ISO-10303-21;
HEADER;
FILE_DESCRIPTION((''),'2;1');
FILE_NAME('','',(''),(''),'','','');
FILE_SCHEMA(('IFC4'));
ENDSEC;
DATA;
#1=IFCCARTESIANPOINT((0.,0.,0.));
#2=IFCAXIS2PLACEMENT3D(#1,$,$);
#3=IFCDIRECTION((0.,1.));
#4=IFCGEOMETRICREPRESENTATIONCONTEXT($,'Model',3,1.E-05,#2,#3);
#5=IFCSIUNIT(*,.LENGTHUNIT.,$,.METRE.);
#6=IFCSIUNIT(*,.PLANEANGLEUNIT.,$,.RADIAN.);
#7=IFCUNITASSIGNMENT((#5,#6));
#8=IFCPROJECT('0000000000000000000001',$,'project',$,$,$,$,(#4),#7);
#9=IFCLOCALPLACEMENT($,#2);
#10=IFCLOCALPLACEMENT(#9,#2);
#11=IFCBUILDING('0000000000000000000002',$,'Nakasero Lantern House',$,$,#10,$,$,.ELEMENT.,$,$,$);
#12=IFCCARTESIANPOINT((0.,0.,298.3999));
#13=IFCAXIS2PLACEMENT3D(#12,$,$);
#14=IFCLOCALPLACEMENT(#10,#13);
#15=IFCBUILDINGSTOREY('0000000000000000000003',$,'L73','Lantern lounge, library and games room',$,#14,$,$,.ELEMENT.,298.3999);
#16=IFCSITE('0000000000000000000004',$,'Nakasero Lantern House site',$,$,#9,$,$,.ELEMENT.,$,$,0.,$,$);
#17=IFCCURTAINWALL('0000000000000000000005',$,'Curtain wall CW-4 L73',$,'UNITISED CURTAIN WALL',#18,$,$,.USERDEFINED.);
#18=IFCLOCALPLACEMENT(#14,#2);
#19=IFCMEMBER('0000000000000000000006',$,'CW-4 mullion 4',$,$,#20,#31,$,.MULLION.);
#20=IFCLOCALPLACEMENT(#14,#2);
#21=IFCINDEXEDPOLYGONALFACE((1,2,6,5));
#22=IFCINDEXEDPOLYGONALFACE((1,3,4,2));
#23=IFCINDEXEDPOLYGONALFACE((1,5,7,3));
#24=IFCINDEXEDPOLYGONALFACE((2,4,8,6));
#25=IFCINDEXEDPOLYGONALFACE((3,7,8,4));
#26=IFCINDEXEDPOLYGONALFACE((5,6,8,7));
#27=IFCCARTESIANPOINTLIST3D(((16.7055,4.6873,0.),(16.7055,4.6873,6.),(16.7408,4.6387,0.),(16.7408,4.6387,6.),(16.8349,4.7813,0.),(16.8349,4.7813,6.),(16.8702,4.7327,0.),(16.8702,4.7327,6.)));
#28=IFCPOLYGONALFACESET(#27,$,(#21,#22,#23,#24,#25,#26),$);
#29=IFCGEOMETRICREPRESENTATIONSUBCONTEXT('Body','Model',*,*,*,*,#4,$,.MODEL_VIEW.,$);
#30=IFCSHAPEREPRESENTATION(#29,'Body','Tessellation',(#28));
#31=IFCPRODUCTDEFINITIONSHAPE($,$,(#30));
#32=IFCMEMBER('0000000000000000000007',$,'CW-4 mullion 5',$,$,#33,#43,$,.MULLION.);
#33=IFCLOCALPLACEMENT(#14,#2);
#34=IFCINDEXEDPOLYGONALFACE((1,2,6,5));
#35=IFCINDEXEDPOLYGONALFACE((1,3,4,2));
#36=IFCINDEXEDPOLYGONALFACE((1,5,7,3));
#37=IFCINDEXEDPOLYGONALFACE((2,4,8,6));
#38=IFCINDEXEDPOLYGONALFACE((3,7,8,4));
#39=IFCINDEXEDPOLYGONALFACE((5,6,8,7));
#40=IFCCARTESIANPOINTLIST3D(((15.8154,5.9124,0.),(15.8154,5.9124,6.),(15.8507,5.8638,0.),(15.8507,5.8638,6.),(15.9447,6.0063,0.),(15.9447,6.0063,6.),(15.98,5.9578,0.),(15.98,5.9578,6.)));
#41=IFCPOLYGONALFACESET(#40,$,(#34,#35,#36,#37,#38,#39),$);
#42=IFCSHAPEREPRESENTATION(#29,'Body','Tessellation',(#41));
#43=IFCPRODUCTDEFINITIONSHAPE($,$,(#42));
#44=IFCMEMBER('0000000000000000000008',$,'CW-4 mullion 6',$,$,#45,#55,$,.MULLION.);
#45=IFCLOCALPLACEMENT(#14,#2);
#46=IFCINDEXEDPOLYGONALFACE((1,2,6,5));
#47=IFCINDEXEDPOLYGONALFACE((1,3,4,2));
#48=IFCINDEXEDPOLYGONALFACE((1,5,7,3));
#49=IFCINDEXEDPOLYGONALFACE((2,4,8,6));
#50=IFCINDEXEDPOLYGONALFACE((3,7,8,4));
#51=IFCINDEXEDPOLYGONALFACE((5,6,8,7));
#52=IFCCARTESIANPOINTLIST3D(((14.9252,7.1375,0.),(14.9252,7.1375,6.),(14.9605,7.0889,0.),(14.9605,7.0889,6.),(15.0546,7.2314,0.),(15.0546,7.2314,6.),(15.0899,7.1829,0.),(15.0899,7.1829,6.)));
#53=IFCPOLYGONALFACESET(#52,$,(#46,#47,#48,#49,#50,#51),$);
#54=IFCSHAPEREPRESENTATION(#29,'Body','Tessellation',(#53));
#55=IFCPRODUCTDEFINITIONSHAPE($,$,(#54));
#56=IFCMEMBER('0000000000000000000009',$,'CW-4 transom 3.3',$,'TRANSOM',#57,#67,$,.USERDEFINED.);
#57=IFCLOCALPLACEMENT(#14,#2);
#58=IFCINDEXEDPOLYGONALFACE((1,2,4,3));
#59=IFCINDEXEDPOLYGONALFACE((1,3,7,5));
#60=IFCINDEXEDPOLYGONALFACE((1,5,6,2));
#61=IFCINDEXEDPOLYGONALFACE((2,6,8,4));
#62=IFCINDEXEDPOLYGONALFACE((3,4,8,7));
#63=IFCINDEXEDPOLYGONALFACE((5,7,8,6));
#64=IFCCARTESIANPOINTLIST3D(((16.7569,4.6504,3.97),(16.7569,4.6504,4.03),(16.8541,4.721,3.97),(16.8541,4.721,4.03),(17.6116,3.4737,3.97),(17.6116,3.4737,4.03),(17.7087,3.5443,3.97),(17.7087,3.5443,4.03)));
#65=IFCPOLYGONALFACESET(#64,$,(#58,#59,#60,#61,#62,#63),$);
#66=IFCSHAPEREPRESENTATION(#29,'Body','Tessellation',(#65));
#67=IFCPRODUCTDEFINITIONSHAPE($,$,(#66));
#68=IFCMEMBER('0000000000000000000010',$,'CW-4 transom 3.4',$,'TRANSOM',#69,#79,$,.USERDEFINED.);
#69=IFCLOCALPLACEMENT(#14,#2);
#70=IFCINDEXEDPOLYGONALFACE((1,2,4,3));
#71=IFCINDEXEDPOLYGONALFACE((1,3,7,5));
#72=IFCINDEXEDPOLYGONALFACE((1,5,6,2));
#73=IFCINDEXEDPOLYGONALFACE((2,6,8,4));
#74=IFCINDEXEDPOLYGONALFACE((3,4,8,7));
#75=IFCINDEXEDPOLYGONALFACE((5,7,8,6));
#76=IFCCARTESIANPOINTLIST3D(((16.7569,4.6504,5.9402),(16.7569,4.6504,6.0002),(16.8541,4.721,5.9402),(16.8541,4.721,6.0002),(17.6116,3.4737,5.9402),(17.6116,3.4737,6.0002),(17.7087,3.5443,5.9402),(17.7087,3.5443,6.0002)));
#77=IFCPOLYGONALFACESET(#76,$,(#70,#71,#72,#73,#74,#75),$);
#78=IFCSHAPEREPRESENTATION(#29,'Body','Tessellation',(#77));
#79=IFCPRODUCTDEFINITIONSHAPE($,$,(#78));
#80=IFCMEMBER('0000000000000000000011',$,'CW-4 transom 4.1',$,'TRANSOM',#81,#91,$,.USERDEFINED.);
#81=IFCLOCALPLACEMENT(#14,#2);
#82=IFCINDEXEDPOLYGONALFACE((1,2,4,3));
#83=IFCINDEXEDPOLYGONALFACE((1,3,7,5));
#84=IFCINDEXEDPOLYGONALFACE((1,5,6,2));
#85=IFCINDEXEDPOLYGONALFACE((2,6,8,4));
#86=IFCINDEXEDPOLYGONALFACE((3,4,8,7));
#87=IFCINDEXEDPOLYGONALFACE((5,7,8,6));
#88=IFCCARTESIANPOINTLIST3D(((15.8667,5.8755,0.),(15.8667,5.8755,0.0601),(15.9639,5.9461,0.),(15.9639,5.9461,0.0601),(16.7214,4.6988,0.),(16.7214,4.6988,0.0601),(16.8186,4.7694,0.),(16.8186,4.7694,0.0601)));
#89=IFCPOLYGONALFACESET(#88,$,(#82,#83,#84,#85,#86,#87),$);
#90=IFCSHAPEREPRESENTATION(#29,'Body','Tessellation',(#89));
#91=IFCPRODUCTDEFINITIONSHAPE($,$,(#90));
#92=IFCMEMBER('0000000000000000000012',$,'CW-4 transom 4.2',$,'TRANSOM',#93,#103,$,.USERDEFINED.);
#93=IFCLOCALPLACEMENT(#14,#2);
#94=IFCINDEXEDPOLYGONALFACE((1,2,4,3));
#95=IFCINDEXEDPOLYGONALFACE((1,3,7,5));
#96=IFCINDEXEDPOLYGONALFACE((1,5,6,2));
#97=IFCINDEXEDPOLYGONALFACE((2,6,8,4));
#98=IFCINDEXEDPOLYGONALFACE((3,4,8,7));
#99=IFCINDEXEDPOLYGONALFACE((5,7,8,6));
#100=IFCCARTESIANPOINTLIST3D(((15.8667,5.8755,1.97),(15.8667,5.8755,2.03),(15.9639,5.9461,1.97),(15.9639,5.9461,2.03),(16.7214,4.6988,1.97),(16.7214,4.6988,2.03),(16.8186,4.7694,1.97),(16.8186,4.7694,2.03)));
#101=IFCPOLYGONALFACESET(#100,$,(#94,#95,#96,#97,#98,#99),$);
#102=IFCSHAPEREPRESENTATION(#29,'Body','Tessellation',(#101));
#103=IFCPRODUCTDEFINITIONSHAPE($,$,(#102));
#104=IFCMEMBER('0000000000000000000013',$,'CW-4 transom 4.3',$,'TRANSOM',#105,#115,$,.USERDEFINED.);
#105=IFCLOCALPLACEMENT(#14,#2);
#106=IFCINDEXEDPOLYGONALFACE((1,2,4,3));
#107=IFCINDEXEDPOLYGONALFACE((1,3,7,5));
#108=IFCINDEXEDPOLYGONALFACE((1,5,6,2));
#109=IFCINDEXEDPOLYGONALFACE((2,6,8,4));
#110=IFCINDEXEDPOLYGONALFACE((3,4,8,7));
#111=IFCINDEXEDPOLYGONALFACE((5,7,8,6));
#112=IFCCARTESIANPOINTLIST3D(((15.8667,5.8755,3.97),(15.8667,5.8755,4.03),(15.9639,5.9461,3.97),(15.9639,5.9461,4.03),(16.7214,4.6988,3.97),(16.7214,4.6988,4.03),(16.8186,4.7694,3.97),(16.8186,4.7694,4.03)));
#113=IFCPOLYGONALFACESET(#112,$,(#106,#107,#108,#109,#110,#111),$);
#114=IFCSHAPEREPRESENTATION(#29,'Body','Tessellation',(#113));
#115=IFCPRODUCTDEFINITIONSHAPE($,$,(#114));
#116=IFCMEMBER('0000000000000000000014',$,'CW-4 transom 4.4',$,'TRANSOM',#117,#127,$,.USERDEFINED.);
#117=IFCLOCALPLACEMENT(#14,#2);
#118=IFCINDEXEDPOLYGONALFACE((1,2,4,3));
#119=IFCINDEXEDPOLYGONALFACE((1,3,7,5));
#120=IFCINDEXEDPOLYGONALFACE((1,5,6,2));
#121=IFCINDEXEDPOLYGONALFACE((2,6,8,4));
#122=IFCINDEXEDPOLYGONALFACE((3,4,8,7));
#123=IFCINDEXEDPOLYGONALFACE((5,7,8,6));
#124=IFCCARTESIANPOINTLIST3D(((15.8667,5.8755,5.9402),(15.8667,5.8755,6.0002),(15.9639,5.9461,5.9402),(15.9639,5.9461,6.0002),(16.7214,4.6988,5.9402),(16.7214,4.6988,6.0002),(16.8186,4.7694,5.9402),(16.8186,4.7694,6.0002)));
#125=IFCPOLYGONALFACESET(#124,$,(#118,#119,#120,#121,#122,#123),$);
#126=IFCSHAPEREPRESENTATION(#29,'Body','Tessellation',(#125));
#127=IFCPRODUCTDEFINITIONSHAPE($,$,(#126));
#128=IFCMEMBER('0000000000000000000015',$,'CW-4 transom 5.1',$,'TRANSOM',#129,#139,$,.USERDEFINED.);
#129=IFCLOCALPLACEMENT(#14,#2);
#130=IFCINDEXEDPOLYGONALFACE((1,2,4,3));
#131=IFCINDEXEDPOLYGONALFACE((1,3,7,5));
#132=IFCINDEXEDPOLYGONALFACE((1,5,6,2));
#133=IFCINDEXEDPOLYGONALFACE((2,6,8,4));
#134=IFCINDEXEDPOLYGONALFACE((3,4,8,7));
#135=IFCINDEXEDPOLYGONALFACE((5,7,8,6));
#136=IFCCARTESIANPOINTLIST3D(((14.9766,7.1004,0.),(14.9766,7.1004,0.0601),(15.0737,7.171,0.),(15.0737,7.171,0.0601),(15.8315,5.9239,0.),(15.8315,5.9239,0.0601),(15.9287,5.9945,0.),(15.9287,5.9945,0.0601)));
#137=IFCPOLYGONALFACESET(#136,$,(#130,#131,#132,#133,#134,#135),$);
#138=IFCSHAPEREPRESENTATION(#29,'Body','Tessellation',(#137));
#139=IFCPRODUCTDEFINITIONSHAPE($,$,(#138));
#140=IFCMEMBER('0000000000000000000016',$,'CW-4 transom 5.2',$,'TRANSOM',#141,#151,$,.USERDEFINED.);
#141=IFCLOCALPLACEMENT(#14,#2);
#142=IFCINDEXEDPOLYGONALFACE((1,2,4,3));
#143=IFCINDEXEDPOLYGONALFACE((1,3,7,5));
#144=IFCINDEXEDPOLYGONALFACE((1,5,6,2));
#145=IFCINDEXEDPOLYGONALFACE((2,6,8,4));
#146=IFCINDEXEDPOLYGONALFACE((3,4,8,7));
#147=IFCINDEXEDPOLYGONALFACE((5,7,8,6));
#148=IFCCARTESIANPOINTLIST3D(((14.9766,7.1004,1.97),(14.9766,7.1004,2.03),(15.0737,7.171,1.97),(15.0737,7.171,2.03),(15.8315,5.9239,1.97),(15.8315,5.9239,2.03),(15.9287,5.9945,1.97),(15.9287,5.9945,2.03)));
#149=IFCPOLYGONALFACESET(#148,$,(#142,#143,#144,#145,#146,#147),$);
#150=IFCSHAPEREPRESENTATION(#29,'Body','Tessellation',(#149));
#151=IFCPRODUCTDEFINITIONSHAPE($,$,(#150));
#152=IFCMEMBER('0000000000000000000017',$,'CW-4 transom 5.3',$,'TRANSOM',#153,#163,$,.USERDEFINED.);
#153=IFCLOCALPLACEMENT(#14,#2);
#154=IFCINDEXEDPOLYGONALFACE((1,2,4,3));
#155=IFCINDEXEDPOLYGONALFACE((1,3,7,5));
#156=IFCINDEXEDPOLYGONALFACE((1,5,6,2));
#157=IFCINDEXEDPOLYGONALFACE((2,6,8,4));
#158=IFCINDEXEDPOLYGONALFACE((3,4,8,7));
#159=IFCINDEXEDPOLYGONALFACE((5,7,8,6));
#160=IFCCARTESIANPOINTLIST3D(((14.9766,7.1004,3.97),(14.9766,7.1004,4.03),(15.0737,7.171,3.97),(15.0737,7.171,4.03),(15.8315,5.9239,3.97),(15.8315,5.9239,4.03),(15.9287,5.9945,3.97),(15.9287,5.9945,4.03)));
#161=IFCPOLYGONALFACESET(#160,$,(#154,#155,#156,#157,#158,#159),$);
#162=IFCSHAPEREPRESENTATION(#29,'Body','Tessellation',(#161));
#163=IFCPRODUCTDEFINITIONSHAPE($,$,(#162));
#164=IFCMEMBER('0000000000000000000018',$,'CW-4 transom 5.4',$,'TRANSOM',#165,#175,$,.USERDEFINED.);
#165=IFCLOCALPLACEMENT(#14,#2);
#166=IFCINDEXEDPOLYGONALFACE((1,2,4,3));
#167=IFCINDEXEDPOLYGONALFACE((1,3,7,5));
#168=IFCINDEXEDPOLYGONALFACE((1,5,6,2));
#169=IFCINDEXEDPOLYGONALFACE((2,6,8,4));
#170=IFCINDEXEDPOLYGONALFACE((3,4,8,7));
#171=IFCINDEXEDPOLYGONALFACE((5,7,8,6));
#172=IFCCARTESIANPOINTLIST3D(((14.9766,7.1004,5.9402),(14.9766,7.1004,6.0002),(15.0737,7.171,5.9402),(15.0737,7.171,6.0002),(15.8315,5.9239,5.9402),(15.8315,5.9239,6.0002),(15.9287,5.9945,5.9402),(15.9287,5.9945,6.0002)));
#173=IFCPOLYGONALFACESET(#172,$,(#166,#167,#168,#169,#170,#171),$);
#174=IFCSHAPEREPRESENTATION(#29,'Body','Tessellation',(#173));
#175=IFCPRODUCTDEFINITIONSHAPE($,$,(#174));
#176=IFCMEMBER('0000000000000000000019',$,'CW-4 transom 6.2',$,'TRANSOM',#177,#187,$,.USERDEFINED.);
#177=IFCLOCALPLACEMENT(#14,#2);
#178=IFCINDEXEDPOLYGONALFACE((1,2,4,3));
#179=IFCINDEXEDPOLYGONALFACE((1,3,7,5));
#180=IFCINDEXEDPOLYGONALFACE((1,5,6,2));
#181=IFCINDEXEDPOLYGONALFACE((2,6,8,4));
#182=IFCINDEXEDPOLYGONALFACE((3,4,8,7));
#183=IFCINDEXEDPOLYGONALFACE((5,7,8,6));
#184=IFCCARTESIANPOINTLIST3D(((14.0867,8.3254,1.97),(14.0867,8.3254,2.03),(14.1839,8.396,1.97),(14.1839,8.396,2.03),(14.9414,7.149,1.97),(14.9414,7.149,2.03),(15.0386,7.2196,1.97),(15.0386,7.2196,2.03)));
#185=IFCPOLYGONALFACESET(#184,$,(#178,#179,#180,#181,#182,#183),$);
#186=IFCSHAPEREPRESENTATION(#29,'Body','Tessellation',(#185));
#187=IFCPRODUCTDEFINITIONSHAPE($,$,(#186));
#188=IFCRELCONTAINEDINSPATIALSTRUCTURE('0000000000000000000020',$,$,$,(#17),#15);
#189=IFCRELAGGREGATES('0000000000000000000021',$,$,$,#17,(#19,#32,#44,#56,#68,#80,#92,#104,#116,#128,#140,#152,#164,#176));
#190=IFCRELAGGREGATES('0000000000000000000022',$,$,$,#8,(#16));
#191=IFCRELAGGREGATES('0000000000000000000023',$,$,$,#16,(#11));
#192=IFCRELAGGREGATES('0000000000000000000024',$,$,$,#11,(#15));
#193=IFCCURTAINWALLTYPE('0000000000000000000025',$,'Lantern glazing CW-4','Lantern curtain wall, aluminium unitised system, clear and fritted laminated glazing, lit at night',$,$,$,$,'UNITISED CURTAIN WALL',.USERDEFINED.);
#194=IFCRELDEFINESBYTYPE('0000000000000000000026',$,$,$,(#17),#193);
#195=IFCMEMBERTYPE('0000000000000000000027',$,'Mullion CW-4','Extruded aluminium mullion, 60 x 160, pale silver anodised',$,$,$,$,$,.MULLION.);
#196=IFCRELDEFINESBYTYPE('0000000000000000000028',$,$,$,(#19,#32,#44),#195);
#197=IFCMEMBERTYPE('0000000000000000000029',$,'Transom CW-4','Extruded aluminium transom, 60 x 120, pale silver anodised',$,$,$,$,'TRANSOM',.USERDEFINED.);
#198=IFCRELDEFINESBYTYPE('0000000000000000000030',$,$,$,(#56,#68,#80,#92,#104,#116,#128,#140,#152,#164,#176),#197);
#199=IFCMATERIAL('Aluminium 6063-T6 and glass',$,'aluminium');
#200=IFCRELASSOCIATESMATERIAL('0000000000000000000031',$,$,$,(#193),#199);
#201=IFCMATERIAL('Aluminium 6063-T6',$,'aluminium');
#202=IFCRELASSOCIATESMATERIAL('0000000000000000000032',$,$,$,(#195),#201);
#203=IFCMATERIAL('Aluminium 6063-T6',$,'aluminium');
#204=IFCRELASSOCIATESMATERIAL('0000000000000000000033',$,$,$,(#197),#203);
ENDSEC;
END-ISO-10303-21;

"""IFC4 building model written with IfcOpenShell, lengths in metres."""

from ifc_helpers import new_model, si_unit, direction, frame, origin, origin_2d, place, context, subcontext, project, spatial, rectangle, extrude, material, material_profile, profile_set, type_object, element, aggregate, save


model = new_model("IFC4")

# Units and contexts
model_context = context("Model", 3, precision=1e-05, world=origin(), true_north=direction((0.0, 1.0)))
body_context = subcontext(model_context, "Body", "Model", "MODEL_VIEW")
ifc_project = project(units=[si_unit("LENGTHUNIT", "METRE"), si_unit("PLANEANGLEUNIT", "RADIAN")], contexts=[model_context])

# Site, building, storey
site_placement = place(None, origin())
site = spatial("IfcSite", under=ifc_project, at=site_placement, Name="Nakasero Lantern House site", CompositionType="ELEMENT", RefElevation=0.0)
building_placement = place(site_placement, origin())
building = spatial("IfcBuilding", under=site, at=building_placement, Name="Nakasero Lantern House", CompositionType="ELEMENT")
storey_placement = place(building_placement, frame((0.0, 0.0, 298.3999)))
storey = spatial("IfcBuildingStorey", under=building, at=storey_placement, Name="L73", Description="Lantern lounge, library and games room", CompositionType="ELEMENT", Elevation=298.3999)

# Curtain wall, members
ifc_material_1 = material(Name="Aluminium 6063-T6 and glass", Category="aluminium")
curtain_wall_type = type_object("IfcCurtainWallType", Name="Lantern glazing CW-4", Description="Lantern curtain wall, aluminium unitised system, clear and fritted laminated glazing, lit at night", ElementType="UNITISED CURTAIN WALL", PredefinedType="USERDEFINED", material=ifc_material_1)
curtain_wall_placement = place(storey_placement, origin())
curtain_wall = element("IfcCurtainWall", 1, at=curtain_wall_placement, inside=storey, type_object=curtain_wall_type, Name="Curtain wall CW-4 L73", ObjectType="UNITISED CURTAIN WALL", PredefinedType="USERDEFINED")
ifc_material_2 = material(Name="Aluminium 6063-T6", Category="aluminium")
ifc_material_profile_1 = material_profile(ifc_material_2, rectangle(XDim=0.0601, YDim=0.1599, at=origin_2d()), Name="CW-4 mullion 60x160")
ifc_profile_set_1 = profile_set([ifc_material_profile_1], Name="Aluminium 6063-T6")
member_type_1 = type_object("IfcMemberType", Name="Mullion CW-4", Description="Extruded aluminium mullion, 60 x 160, pale silver anodised", PredefinedType="MULLION", material=ifc_profile_set_1)
member_1_placement = place(storey_placement, frame((16.7878, 4.71, 0.0), z_axis=(0.0, 0.0, 1.0), x_axis=(-0.587785, 0.809017, 0.0)))
member_1 = element("IfcMember", 2, at=member_1_placement, type_object=member_type_1, Name="CW-4 mullion 4", PredefinedType="MULLION", context=body_context, shape_type="SweptSolid", body=[
    extrude(rectangle(XDim=0.0601, YDim=0.1599, at=origin_2d()), origin(), (0.0, 0.0, 1.0), 6.0),
])
member_2_placement = place(storey_placement, frame((15.8977, 5.9351, 0.0), z_axis=(0.0, 0.0, 1.0), x_axis=(-0.587785, 0.809017, 0.0)))
member_2 = element("IfcMember", 3, at=member_2_placement, type_object=member_type_1, Name="CW-4 mullion 5", PredefinedType="MULLION", context=body_context, shape_type="SweptSolid", body=[
    extrude(rectangle(XDim=0.0601, YDim=0.1599, at=origin_2d()), origin(), (0.0, 0.0, 1.0), 6.0),
])
member_3_placement = place(storey_placement, frame((15.0076, 7.1602, 0.0), z_axis=(0.0, 0.0, 1.0), x_axis=(-0.587785, 0.809017, 0.0)))
member_3 = element("IfcMember", 4, at=member_3_placement, type_object=member_type_1, Name="CW-4 mullion 6", PredefinedType="MULLION", context=body_context, shape_type="SweptSolid", body=[
    extrude(rectangle(XDim=0.0601, YDim=0.1599, at=origin_2d()), origin(), (0.0, 0.0, 1.0), 6.0),
])
ifc_material_3 = material(Name="Aluminium 6063-T6", Category="aluminium")
ifc_material_profile_2 = material_profile(ifc_material_3, rectangle(XDim=0.0601, YDim=0.1201, at=origin_2d()), Name="CW-4 transom 60x120")
ifc_profile_set_2 = profile_set([ifc_material_profile_2], Name="Aluminium 6063-T6")
member_type_2 = type_object("IfcMemberType", Name="Transom CW-4", Description="Extruded aluminium transom, 60 x 120, pale silver anodised", ElementType="TRANSOM", PredefinedType="USERDEFINED", material=ifc_profile_set_2)
member_4_placement = place(storey_placement, frame((17.6602, 3.509, 4.0), z_axis=(-0.587683, 0.809092, 0.0), x_axis=(0.0, 0.0, 1.0)))
member_4 = element("IfcMember", 5, at=member_4_placement, type_object=member_type_2, Name="CW-4 transom 3.3", ObjectType="TRANSOM", PredefinedType="USERDEFINED", context=body_context, shape_type="SweptSolid", body=[
    extrude(rectangle(XDim=0.0601, YDim=0.1201, at=origin_2d()), origin(), (0.0, 0.0, 1.0), 1.4543),
])
member_5_placement = place(storey_placement, frame((17.6602, 3.509, 5.9702), z_axis=(-0.587683, 0.809092, 0.0), x_axis=(0.0, 0.0, 1.0)))
member_5 = element("IfcMember", 6, at=member_5_placement, type_object=member_type_2, Name="CW-4 transom 3.4", ObjectType="TRANSOM", PredefinedType="USERDEFINED", context=body_context, shape_type="SweptSolid", body=[
    extrude(rectangle(XDim=0.0601, YDim=0.1201, at=origin_2d()), origin(), (0.0, 0.0, 1.0), 1.4543),
])
member_6_placement = place(storey_placement, frame((16.77, 4.7341, 0.03), z_axis=(-0.587683, 0.809092, 0.0), x_axis=(0.0, 0.0, 1.0)))
member_6 = element("IfcMember", 7, at=member_6_placement, type_object=member_type_2, Name="CW-4 transom 4.1", ObjectType="TRANSOM", PredefinedType="USERDEFINED", context=body_context, shape_type="SweptSolid", body=[
    extrude(rectangle(XDim=0.0601, YDim=0.1201, at=origin_2d()), origin(), (0.0, 0.0, 1.0), 1.4543),
])
member_7_placement = place(storey_placement, frame((16.77, 4.7341, 2.0), z_axis=(-0.587683, 0.809092, 0.0), x_axis=(0.0, 0.0, 1.0)))
member_7 = element("IfcMember", 8, at=member_7_placement, type_object=member_type_2, Name="CW-4 transom 4.2", ObjectType="TRANSOM", PredefinedType="USERDEFINED", context=body_context, shape_type="SweptSolid", body=[
    extrude(rectangle(XDim=0.0601, YDim=0.1201, at=origin_2d()), origin(), (0.0, 0.0, 1.0), 1.4543),
])
member_8_placement = place(storey_placement, frame((16.77, 4.7341, 4.0), z_axis=(-0.587683, 0.809092, 0.0), x_axis=(0.0, 0.0, 1.0)))
member_8 = element("IfcMember", 9, at=member_8_placement, type_object=member_type_2, Name="CW-4 transom 4.3", ObjectType="TRANSOM", PredefinedType="USERDEFINED", context=body_context, shape_type="SweptSolid", body=[
    extrude(rectangle(XDim=0.0601, YDim=0.1201, at=origin_2d()), origin(), (0.0, 0.0, 1.0), 1.4543),
])
member_9_placement = place(storey_placement, frame((16.77, 4.7341, 5.9702), z_axis=(-0.587683, 0.809092, 0.0), x_axis=(0.0, 0.0, 1.0)))
member_9 = element("IfcMember", 10, at=member_9_placement, type_object=member_type_2, Name="CW-4 transom 4.4", ObjectType="TRANSOM", PredefinedType="USERDEFINED", context=body_context, shape_type="SweptSolid", body=[
    extrude(rectangle(XDim=0.0601, YDim=0.1201, at=origin_2d()), origin(), (0.0, 0.0, 1.0), 1.4543),
])
member_10_placement = place(storey_placement, frame((15.8801, 5.9592, 0.03), z_axis=(-0.587872, 0.808954, 0.0), x_axis=(0.0, 0.0, 1.0)))
member_10 = element("IfcMember", 11, at=member_10_placement, type_object=member_type_2, Name="CW-4 transom 5.1", ObjectType="TRANSOM", PredefinedType="USERDEFINED", context=body_context, shape_type="SweptSolid", body=[
    extrude(rectangle(XDim=0.0601, YDim=0.1201, at=origin_2d()), origin(), (0.0, 0.0, 1.0), 1.4543),
])
member_11_placement = place(storey_placement, frame((15.8801, 5.9592, 2.0), z_axis=(-0.587872, 0.808954, 0.0), x_axis=(0.0, 0.0, 1.0)))
member_11 = element("IfcMember", 12, at=member_11_placement, type_object=member_type_2, Name="CW-4 transom 5.2", ObjectType="TRANSOM", PredefinedType="USERDEFINED", context=body_context, shape_type="SweptSolid", body=[
    extrude(rectangle(XDim=0.0601, YDim=0.1201, at=origin_2d()), origin(), (0.0, 0.0, 1.0), 1.4543),
])
member_12_placement = place(storey_placement, frame((15.8801, 5.9592, 4.0), z_axis=(-0.587872, 0.808954, 0.0), x_axis=(0.0, 0.0, 1.0)))
member_12 = element("IfcMember", 13, at=member_12_placement, type_object=member_type_2, Name="CW-4 transom 5.3", ObjectType="TRANSOM", PredefinedType="USERDEFINED", context=body_context, shape_type="SweptSolid", body=[
    extrude(rectangle(XDim=0.0601, YDim=0.1201, at=origin_2d()), origin(), (0.0, 0.0, 1.0), 1.4543),
])
member_13_placement = place(storey_placement, frame((15.8801, 5.9592, 5.9702), z_axis=(-0.587872, 0.808954, 0.0), x_axis=(0.0, 0.0, 1.0)))
member_13 = element("IfcMember", 14, at=member_13_placement, type_object=member_type_2, Name="CW-4 transom 5.4", ObjectType="TRANSOM", PredefinedType="USERDEFINED", context=body_context, shape_type="SweptSolid", body=[
    extrude(rectangle(XDim=0.0601, YDim=0.1201, at=origin_2d()), origin(), (0.0, 0.0, 1.0), 1.4543),
])
member_14_placement = place(storey_placement, frame((14.99, 7.1843, 2.0), z_axis=(-0.587762, 0.809034, 0.0), x_axis=(0.0, 0.0, 1.0)))
member_14 = element("IfcMember", 15, at=member_14_placement, type_object=member_type_2, Name="CW-4 transom 6.2", ObjectType="TRANSOM", PredefinedType="USERDEFINED", context=body_context, shape_type="SweptSolid", body=[
    extrude(rectangle(XDim=0.0601, YDim=0.1201, at=origin_2d()), origin(), (0.0, 0.0, 1.0), 1.4541),
])
aggregate(curtain_wall, [member_1, member_2, member_3, member_4, member_5, member_6, member_7, member_8, member_9, member_10, member_11, member_12, member_13, member_14])

save(model, "model.ifc")
